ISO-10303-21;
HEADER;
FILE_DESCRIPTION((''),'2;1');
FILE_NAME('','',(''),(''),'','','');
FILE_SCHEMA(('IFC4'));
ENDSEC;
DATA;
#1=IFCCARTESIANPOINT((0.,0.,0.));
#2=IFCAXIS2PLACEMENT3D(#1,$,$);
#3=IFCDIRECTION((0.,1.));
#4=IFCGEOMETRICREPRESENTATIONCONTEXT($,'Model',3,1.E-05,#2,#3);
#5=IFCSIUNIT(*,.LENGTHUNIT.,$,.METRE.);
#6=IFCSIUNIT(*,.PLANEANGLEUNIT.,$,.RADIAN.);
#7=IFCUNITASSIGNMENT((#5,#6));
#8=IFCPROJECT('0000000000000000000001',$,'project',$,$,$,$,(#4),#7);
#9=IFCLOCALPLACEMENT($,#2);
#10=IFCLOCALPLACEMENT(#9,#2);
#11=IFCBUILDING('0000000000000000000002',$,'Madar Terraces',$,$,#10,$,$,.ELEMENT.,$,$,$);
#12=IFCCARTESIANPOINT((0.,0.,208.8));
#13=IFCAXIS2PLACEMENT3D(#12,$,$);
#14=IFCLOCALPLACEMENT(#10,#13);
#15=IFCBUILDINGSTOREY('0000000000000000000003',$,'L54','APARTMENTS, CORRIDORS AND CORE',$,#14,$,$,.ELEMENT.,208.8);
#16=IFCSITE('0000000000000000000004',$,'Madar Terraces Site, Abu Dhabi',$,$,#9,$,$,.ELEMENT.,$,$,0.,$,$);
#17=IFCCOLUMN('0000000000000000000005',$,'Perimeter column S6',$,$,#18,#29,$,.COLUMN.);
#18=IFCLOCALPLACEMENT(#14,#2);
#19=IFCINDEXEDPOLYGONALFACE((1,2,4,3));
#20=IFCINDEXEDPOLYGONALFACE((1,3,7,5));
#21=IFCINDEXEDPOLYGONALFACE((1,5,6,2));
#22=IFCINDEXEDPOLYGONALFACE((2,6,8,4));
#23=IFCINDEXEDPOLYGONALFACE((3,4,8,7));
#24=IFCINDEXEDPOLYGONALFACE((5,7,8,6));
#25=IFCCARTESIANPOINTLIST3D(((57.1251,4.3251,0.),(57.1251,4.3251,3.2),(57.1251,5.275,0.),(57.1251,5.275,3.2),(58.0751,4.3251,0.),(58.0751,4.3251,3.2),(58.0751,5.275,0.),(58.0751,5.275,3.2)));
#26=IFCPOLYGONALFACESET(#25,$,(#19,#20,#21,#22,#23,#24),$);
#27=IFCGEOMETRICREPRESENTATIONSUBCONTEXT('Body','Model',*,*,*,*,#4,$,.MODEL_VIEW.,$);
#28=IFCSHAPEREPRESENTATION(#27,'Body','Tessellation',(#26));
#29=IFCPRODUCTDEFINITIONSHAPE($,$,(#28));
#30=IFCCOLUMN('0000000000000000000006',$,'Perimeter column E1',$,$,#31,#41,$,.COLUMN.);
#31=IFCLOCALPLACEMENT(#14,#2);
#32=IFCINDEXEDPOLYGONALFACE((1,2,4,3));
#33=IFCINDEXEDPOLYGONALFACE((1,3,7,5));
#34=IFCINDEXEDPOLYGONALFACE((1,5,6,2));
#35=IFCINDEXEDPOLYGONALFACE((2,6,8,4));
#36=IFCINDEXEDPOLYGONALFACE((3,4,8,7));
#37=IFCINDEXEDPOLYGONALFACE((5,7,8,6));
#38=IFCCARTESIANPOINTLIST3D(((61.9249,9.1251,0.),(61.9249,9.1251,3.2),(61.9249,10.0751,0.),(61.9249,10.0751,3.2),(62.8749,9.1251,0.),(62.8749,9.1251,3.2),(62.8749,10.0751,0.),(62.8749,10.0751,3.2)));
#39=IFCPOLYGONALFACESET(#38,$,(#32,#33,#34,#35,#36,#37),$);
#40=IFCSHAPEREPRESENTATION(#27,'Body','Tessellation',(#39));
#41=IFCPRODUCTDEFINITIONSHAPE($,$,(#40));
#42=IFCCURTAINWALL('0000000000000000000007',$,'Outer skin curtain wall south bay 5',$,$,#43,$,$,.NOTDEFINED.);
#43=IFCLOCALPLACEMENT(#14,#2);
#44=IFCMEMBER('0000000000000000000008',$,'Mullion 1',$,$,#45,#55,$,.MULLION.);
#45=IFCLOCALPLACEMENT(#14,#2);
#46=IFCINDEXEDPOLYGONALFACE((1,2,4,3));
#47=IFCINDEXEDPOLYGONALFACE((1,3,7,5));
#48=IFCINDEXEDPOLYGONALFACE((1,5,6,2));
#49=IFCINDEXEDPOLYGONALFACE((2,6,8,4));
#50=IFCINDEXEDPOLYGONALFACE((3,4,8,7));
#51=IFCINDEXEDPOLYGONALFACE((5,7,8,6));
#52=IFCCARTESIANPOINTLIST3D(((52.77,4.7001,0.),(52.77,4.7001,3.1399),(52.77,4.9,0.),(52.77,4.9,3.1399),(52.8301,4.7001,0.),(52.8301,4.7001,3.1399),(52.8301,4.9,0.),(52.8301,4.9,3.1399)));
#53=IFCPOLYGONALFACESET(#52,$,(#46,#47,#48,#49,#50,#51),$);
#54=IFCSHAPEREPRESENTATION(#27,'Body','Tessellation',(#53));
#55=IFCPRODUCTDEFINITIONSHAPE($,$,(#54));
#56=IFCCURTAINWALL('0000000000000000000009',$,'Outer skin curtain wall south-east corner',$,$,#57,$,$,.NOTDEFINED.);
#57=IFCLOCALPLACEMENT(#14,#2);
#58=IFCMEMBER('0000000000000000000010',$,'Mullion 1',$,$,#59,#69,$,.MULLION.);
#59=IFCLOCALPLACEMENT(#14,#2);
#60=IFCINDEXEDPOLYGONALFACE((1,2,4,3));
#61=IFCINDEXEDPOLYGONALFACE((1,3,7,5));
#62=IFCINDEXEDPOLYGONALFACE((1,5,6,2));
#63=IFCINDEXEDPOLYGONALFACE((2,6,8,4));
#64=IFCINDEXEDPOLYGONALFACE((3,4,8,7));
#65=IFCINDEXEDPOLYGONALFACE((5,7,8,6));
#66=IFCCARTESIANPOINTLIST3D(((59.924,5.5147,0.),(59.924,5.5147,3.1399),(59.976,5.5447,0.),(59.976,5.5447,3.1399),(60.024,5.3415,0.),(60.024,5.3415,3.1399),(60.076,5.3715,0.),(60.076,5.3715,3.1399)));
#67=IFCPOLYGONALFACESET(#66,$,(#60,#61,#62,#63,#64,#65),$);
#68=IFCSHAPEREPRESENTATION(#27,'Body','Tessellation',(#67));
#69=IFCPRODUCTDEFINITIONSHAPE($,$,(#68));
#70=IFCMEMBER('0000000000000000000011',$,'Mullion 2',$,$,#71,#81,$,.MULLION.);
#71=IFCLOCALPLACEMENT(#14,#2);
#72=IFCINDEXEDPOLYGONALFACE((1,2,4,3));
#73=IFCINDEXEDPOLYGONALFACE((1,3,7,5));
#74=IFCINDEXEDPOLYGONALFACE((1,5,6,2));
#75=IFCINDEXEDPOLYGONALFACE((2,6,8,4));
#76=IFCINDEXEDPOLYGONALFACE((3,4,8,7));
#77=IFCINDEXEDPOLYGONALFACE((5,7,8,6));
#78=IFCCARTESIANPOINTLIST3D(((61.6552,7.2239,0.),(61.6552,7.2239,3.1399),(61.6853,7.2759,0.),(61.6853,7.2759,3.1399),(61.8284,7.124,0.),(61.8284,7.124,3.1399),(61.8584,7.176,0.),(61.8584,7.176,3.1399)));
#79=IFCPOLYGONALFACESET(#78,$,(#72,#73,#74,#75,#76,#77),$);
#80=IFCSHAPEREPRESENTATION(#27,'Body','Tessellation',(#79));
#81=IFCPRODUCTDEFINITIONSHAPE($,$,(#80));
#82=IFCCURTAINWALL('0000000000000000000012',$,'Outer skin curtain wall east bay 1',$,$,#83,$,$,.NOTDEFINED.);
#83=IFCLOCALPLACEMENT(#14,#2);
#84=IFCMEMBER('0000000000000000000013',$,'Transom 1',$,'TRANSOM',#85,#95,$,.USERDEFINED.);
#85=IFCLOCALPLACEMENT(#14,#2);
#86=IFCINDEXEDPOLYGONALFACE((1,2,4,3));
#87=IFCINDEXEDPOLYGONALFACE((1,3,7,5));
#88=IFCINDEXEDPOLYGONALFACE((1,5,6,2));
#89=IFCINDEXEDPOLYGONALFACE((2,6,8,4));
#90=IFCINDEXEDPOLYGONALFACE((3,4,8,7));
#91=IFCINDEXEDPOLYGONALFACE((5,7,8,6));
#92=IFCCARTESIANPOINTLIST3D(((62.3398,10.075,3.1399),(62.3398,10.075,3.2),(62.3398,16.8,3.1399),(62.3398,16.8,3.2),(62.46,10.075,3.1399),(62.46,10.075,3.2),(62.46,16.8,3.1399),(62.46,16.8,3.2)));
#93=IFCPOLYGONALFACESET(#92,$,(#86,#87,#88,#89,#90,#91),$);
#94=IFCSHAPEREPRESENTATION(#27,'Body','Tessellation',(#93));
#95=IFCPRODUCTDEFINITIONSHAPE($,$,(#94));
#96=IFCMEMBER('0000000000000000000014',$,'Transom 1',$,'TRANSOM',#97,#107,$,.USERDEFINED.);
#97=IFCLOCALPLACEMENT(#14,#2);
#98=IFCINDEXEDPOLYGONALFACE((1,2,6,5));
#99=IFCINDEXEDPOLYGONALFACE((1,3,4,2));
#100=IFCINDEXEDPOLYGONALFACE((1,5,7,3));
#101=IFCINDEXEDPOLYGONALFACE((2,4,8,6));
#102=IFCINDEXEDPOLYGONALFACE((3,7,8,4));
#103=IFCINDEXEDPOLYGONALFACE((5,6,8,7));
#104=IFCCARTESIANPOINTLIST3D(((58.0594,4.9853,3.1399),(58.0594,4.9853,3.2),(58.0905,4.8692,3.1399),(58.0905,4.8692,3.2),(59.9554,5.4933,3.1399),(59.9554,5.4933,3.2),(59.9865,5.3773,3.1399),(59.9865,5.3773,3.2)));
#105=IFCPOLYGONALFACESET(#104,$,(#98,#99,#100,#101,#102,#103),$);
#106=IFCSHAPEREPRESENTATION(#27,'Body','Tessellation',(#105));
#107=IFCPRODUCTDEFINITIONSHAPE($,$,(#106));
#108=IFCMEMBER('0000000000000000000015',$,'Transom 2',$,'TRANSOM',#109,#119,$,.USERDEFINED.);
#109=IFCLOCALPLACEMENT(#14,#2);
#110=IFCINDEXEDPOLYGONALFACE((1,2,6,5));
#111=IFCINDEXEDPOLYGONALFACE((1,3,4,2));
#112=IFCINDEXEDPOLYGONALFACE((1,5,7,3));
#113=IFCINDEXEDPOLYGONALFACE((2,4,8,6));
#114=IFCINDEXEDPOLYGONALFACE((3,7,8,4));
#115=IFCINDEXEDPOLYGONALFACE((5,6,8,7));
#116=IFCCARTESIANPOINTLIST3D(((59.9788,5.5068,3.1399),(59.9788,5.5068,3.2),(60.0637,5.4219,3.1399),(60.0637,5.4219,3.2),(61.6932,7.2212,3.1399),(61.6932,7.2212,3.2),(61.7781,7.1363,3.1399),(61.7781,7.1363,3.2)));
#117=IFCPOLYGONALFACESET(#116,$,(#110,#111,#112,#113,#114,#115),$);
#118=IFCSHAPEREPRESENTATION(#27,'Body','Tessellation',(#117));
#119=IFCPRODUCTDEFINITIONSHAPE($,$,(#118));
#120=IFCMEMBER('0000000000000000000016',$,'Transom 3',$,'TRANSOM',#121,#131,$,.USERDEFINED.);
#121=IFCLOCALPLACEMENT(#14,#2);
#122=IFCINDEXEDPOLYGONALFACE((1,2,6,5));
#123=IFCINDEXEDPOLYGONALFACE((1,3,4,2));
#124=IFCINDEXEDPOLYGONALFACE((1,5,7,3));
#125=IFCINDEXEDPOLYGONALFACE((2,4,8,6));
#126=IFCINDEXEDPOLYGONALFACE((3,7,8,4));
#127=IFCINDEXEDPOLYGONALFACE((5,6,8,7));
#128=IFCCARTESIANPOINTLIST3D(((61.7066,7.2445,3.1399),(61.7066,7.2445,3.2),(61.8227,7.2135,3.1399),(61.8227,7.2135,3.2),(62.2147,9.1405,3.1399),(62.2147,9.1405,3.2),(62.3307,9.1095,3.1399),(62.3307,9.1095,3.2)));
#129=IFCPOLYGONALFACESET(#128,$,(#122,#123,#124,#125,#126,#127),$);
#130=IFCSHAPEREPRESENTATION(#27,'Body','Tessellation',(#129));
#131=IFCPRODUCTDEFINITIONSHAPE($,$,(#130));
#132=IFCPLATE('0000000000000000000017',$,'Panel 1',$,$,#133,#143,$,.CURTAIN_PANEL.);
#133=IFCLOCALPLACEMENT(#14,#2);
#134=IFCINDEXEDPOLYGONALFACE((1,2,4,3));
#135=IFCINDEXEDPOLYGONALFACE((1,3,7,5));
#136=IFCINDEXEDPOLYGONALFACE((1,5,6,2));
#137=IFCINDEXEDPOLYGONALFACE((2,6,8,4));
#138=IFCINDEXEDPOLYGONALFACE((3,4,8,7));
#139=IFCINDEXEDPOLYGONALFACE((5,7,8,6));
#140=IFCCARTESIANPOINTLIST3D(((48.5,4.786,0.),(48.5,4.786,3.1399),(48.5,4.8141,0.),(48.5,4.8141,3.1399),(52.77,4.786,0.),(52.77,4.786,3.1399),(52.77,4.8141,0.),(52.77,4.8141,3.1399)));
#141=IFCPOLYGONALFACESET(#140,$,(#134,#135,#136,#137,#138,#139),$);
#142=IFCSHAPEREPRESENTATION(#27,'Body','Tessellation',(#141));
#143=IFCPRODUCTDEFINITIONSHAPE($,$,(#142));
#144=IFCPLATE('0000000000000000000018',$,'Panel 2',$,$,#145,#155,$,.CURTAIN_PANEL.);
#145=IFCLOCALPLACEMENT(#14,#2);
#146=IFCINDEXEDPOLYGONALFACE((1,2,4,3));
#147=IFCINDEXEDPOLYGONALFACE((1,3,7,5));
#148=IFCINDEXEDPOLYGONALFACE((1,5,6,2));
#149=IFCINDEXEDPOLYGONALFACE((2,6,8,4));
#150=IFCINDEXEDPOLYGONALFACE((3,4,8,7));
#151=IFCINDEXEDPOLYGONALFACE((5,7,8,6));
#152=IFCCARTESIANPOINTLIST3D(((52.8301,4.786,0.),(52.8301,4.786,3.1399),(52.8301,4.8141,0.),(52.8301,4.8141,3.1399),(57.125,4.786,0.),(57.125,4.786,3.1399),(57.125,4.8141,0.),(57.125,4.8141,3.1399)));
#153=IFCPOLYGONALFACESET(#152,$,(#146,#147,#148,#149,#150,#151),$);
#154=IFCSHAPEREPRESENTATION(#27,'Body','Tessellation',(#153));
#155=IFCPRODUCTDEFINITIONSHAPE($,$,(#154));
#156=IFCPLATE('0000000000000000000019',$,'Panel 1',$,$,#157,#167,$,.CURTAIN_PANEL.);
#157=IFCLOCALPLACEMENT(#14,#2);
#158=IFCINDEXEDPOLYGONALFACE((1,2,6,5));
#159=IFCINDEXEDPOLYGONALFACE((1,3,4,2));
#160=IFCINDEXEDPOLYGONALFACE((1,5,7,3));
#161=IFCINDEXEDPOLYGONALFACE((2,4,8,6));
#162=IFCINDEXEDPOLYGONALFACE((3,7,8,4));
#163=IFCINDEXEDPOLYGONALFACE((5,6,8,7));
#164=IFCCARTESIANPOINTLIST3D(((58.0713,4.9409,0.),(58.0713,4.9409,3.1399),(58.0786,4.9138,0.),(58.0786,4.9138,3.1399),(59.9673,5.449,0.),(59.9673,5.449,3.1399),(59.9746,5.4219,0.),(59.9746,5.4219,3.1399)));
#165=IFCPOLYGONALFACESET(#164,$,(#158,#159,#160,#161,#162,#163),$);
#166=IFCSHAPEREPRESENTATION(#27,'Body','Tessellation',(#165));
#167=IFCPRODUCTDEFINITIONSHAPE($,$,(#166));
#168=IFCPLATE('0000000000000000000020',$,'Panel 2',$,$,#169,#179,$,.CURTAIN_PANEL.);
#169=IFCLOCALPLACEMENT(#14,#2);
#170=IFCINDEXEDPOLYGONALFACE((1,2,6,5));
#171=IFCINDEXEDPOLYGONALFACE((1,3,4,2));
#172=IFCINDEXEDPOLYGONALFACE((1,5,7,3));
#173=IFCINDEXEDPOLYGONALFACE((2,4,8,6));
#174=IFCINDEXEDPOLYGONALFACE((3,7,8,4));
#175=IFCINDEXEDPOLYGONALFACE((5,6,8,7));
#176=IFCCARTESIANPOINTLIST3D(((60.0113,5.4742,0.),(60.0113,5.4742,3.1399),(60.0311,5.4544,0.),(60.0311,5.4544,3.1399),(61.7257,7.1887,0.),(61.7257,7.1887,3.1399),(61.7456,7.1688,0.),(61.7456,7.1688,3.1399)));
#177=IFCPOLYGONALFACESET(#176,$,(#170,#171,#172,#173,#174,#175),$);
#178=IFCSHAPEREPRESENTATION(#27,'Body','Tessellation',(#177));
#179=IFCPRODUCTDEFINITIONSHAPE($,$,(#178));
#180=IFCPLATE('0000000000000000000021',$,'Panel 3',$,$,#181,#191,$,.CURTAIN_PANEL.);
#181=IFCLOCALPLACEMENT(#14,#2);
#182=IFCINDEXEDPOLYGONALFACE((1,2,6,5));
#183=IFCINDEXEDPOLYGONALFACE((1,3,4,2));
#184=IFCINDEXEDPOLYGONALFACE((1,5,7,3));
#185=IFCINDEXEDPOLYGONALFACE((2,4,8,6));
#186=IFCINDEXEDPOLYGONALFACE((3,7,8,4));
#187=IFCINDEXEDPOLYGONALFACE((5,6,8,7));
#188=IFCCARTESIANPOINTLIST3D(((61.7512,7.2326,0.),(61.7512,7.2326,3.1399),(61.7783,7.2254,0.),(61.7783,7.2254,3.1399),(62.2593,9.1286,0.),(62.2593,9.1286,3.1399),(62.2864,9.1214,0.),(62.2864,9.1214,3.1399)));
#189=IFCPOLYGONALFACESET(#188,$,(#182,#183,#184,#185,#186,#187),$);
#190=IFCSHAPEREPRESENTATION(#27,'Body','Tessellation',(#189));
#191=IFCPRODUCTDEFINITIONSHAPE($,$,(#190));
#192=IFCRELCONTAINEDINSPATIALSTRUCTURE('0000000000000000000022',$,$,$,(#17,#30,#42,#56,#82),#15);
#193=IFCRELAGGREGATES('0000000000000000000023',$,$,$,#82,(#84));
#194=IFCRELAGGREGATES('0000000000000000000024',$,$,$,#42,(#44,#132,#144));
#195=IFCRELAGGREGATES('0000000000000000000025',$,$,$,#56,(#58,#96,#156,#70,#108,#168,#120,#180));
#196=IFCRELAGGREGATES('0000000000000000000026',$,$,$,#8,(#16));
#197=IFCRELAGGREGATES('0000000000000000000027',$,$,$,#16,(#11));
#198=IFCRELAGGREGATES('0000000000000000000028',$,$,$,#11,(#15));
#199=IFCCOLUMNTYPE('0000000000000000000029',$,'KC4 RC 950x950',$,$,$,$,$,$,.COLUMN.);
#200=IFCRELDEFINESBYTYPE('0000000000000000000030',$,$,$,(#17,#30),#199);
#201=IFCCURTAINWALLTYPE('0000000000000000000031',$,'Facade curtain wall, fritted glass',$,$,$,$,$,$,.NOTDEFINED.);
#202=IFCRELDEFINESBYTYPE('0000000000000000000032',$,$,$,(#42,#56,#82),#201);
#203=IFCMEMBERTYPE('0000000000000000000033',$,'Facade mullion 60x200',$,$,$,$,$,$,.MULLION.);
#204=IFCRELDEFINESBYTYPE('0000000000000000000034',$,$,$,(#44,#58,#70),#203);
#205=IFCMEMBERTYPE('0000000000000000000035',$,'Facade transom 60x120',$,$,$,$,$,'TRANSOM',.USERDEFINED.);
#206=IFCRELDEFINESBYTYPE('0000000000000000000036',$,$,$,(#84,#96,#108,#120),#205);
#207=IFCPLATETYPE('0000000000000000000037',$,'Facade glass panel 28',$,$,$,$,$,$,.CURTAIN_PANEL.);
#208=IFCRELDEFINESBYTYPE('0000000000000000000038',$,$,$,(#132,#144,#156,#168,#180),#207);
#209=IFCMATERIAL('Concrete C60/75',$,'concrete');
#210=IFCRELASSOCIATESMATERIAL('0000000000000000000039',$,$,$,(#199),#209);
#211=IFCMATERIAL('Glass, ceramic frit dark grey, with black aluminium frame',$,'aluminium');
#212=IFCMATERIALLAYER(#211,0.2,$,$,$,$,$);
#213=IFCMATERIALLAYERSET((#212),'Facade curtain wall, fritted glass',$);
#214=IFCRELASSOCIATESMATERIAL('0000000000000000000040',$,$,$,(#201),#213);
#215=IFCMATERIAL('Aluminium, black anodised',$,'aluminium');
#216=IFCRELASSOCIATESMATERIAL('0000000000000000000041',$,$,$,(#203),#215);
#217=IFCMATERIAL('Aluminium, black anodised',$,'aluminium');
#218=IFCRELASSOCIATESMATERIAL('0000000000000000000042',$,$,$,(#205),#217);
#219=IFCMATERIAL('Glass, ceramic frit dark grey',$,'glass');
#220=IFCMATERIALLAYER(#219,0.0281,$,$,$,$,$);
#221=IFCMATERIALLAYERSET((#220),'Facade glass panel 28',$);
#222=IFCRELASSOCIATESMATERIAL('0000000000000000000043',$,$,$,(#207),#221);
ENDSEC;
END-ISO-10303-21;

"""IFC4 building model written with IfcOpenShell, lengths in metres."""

from ifc_helpers import new_model, si_unit, direction, frame, origin, origin_2d, place, context, subcontext, project, spatial, rectangle, extrude, material, layer, layer_set, material_profile, profile_set, type_object, element, aggregate, save


model = new_model("IFC4")

# Units and contexts
model_context = context("Model", 3, precision=1e-05, world=origin(), true_north=direction((0.0, 1.0)))
body_context = subcontext(model_context, "Body", "Model", "MODEL_VIEW")
ifc_project = project(units=[si_unit("LENGTHUNIT", "METRE"), si_unit("PLANEANGLEUNIT", "RADIAN")], contexts=[model_context])

# Site, building, storey
site_placement = place(None, origin())
site = spatial("IfcSite", under=ifc_project, at=site_placement, Name="Madar Terraces Site, Abu Dhabi", CompositionType="ELEMENT", RefElevation=0.0)
building_placement = place(site_placement, origin())
building = spatial("IfcBuilding", under=site, at=building_placement, Name="Madar Terraces", CompositionType="ELEMENT")
storey_placement = place(building_placement, frame((0.0, 0.0, 208.8)))
storey = spatial("IfcBuildingStorey", under=building, at=storey_placement, Name="L54", Description="APARTMENTS, CORRIDORS AND CORE", CompositionType="ELEMENT", Elevation=208.8)

# Columns
ifc_material_1 = material(Name="Concrete C60/75", Category="concrete")
ifc_material_profile_1 = material_profile(ifc_material_1, rectangle(XDim=0.95, YDim=0.95, at=origin_2d()), Name="KC4 RC 950x950")
ifc_profile_set_1 = profile_set([ifc_material_profile_1], Name="Concrete C60/75")
column_type = type_object("IfcColumnType", Name="KC4 RC 950x950", PredefinedType="COLUMN", material=ifc_profile_set_1)
for number, where, z_axis, x_axis, name in (
    (1, (57.6001, 4.8, 0.0), (0.0, 0.0, 1.0), (1.0, 0.0, 0.0), "Perimeter column S6"),
    (2, (62.3999, 9.6001, 0.0), (0.0, 0.0, 1.0), (1.0, 0.0, 0.0), "Perimeter column E1"),
):
    element("IfcColumn", number, at=place(storey_placement, frame(where, z_axis=z_axis, x_axis=x_axis)), inside=storey, type_object=column_type, Name=name, PredefinedType="COLUMN", context=body_context, shape_type="SweptSolid", body=[
        extrude(rectangle(XDim=0.95, YDim=0.95, at=origin_2d()), origin(), (0.0, 0.0, 1.0), 3.2),
    ])

# Curtain wall, member
ifc_material_2 = material(Name="Glass, ceramic frit dark grey, with black aluminium frame", Category="aluminium")
ifc_layer_1 = layer(ifc_material_2, 0.2)
ifc_layer_set_1 = layer_set([ifc_layer_1], Name="Facade curtain wall, fritted glass")
curtain_wall_type = type_object("IfcCurtainWallType", Name="Facade curtain wall, fritted glass", PredefinedType="NOTDEFINED", material=ifc_layer_set_1)
curtain_wall_1_placement = place(storey_placement, origin())
curtain_wall_1 = element("IfcCurtainWall", 3, at=curtain_wall_1_placement, inside=storey, type_object=curtain_wall_type, Name="Outer skin curtain wall south bay 5", PredefinedType="NOTDEFINED")
ifc_material_3 = material(Name="Aluminium, black anodised", Category="aluminium")
ifc_material_profile_2 = material_profile(ifc_material_3, rectangle(XDim=0.2, YDim=0.0601, at=origin_2d()), Name="Facade mullion 60x200")
ifc_profile_set_2 = profile_set([ifc_material_profile_2], Name="Aluminium, black anodised")
member_type_1 = type_object("IfcMemberType", Name="Facade mullion 60x200", PredefinedType="MULLION", material=ifc_profile_set_2)
member_1_placement = place(storey_placement, frame((52.8, 4.8, 0.0), z_axis=(0.0, 0.0, 1.0), x_axis=(0.0, 1.0, 0.0)))
member_1 = element("IfcMember", 4, at=member_1_placement, type_object=member_type_1, Name="Mullion 1", PredefinedType="MULLION", context=body_context, shape_type="SweptSolid", body=[
    extrude(rectangle(XDim=0.2, YDim=0.0601, at=origin_2d()), origin(), (0.0, 0.0, 1.0), 3.1399),
])

# Curtain wall, members
curtain_wall_2_placement = place(storey_placement, origin())
curtain_wall_2 = element("IfcCurtainWall", 5, at=curtain_wall_2_placement, inside=storey, type_object=curtain_wall_type, Name="Outer skin curtain wall south-east corner", PredefinedType="NOTDEFINED")
member_2_placement = place(storey_placement, frame((60.0, 5.4431, 0.0), z_axis=(0.0, 0.0, 1.0), x_axis=(-0.5, 0.866025, 0.0)))
member_2 = element("IfcMember", 6, at=member_2_placement, type_object=member_type_1, Name="Mullion 1", PredefinedType="MULLION", context=body_context, shape_type="SweptSolid", body=[
    extrude(rectangle(XDim=0.2, YDim=0.0601, at=origin_2d()), origin(), (0.0, 0.0, 1.0), 3.1399),
])
member_3_placement = place(storey_placement, frame((61.7568, 7.2, 0.0), z_axis=(0.0, 0.0, 1.0), x_axis=(-0.866025, 0.5, 0.0)))
member_3 = element("IfcMember", 7, at=member_3_placement, type_object=member_type_1, Name="Mullion 2", PredefinedType="MULLION", context=body_context, shape_type="SweptSolid", body=[
    extrude(rectangle(XDim=0.2, YDim=0.0601, at=origin_2d()), origin(), (0.0, 0.0, 1.0), 3.1399),
])

# Curtain wall, member
curtain_wall_3_placement = place(storey_placement, origin())
curtain_wall_3 = element("IfcCurtainWall", 8, at=curtain_wall_3_placement, inside=storey, type_object=curtain_wall_type, Name="Outer skin curtain wall east bay 1", PredefinedType="NOTDEFINED")
ifc_material_4 = material(Name="Aluminium, black anodised", Category="aluminium")
ifc_material_profile_3 = material_profile(ifc_material_4, rectangle(XDim=0.1201, YDim=0.0601, at=origin_2d()), Name="Facade transom 60x120")
ifc_profile_set_3 = profile_set([ifc_material_profile_3], Name="Aluminium, black anodised")
member_type_2 = type_object("IfcMemberType", Name="Facade transom 60x120", ElementType="TRANSOM", PredefinedType="USERDEFINED", material=ifc_profile_set_3)
member_4_placement = place(storey_placement, frame((62.3999, 10.075, 3.1699), z_axis=(0.0, 1.0, 0.0), x_axis=(-1.0, 0.0, 0.0)))
member_4 = element("IfcMember", 9, at=member_4_placement, type_object=member_type_2, Name="Transom 1", ObjectType="TRANSOM", PredefinedType="USERDEFINED", context=body_context, shape_type="SweptSolid", body=[
    extrude(rectangle(XDim=0.1201, YDim=0.0601, at=origin_2d()), origin(), (0.0, 0.0, 1.0), 6.7251),
])
aggregate(curtain_wall_3, [member_4])

# Members
member_5_placement = place(storey_placement, frame((58.075, 4.9272, 3.1699), z_axis=(0.965923, 0.258831, 0.0), x_axis=(-0.258831, 0.965923, 0.0)))
member_5 = element("IfcMember", 10, at=member_5_placement, type_object=member_type_2, Name="Transom 1", ObjectType="TRANSOM", PredefinedType="USERDEFINED", context=body_context, shape_type="SweptSolid", body=[
    extrude(rectangle(XDim=0.1201, YDim=0.0601, at=origin_2d()), origin(), (0.0, 0.0, 1.0), 1.9629),
])
member_6_placement = place(storey_placement, frame((60.0212, 5.4644, 3.1699), z_axis=(0.707107, 0.707107, 0.0), x_axis=(-0.707107, 0.707107, 0.0)))
member_6 = element("IfcMember", 11, at=member_6_placement, type_object=member_type_2, Name="Transom 2", ObjectType="TRANSOM", PredefinedType="USERDEFINED", context=body_context, shape_type="SweptSolid", body=[
    extrude(rectangle(XDim=0.1201, YDim=0.0601, at=origin_2d()), origin(), (0.0, 0.0, 1.0), 2.4246),
])
member_7_placement = place(storey_placement, frame((61.7646, 7.229, 3.1699), z_axis=(0.258831, 0.965923, 0.0), x_axis=(-0.965923, 0.258831, 0.0)))
member_7 = element("IfcMember", 12, at=member_7_placement, type_object=member_type_2, Name="Transom 3", ObjectType="TRANSOM", PredefinedType="USERDEFINED", context=body_context, shape_type="SweptSolid", body=[
    extrude(rectangle(XDim=0.1201, YDim=0.0601, at=origin_2d()), origin(), (0.0, 0.0, 1.0), 1.9629),
])

# Plates
ifc_material_5 = material(Name="Glass, ceramic frit dark grey", Category="glass")
ifc_layer_2 = layer(ifc_material_5, 0.0281)
ifc_layer_set_2 = layer_set([ifc_layer_2], Name="Facade glass panel 28")
plate_type = type_object("IfcPlateType", Name="Facade glass panel 28", PredefinedType="CURTAIN_PANEL", material=ifc_layer_set_2)
plate_1_placement = place(storey_placement, frame((50.635, 4.8, 0.0), z_axis=(0.0, 0.0, 1.0), x_axis=(1.0, 0.0, 0.0)))
plate_1 = element("IfcPlate", 13, at=plate_1_placement, type_object=plate_type, Name="Panel 1", PredefinedType="CURTAIN_PANEL", context=body_context, shape_type="SweptSolid", body=[
    extrude(rectangle(XDim=4.27, YDim=0.0281, at=origin_2d()), origin(), (0.0, 0.0, 1.0), 3.1399),
])
plate_2_placement = place(storey_placement, frame((54.9775, 4.8, 0.0), z_axis=(0.0, 0.0, 1.0), x_axis=(1.0, 0.0, 0.0)))
plate_2 = element("IfcPlate", 14, at=plate_2_placement, type_object=plate_type, Name="Panel 2", PredefinedType="CURTAIN_PANEL", context=body_context, shape_type="SweptSolid", body=[
    extrude(rectangle(XDim=4.2949, YDim=0.0281, at=origin_2d()), origin(), (0.0, 0.0, 1.0), 3.1399),
])
aggregate(curtain_wall_1, [member_1, plate_1, plate_2])
plate_3_placement = place(storey_placement, frame((59.0229, 5.1814, 0.0), z_axis=(0.0, 0.0, 1.0), x_axis=(0.965926, 0.258819, 0.0)))
plate_3 = element("IfcPlate", 15, at=plate_3_placement, type_object=plate_type, Name="Panel 1", PredefinedType="CURTAIN_PANEL", context=body_context, shape_type="SweptSolid", body=[
    extrude(rectangle(XDim=1.9629, YDim=0.0281, at=origin_2d()), origin(), (0.0, 0.0, 1.0), 3.1399),
])
plate_4_placement = place(storey_placement, frame((60.8784, 6.3215, 0.0), z_axis=(0.0, 0.0, 1.0), x_axis=(0.707107, 0.707107, 0.0)))
plate_4 = element("IfcPlate", 16, at=plate_4_placement, type_object=plate_type, Name="Panel 2", PredefinedType="CURTAIN_PANEL", context=body_context, shape_type="SweptSolid", body=[
    extrude(rectangle(XDim=2.4246, YDim=0.0281, at=origin_2d()), origin(), (0.0, 0.0, 1.0), 3.1399),
])
plate_5_placement = place(storey_placement, frame((62.0188, 8.177, 0.0), z_axis=(0.0, 0.0, 1.0), x_axis=(0.258819, 0.965926, 0.0)))
plate_5 = element("IfcPlate", 17, at=plate_5_placement, type_object=plate_type, Name="Panel 3", PredefinedType="CURTAIN_PANEL", context=body_context, shape_type="SweptSolid", body=[
    extrude(rectangle(XDim=1.9629, YDim=0.0281, at=origin_2d()), origin(), (0.0, 0.0, 1.0), 3.1399),
])
aggregate(curtain_wall_2, [member_2, member_5, plate_3, member_3, member_6, plate_4, member_7, plate_5])

save(model, "model.ifc")
